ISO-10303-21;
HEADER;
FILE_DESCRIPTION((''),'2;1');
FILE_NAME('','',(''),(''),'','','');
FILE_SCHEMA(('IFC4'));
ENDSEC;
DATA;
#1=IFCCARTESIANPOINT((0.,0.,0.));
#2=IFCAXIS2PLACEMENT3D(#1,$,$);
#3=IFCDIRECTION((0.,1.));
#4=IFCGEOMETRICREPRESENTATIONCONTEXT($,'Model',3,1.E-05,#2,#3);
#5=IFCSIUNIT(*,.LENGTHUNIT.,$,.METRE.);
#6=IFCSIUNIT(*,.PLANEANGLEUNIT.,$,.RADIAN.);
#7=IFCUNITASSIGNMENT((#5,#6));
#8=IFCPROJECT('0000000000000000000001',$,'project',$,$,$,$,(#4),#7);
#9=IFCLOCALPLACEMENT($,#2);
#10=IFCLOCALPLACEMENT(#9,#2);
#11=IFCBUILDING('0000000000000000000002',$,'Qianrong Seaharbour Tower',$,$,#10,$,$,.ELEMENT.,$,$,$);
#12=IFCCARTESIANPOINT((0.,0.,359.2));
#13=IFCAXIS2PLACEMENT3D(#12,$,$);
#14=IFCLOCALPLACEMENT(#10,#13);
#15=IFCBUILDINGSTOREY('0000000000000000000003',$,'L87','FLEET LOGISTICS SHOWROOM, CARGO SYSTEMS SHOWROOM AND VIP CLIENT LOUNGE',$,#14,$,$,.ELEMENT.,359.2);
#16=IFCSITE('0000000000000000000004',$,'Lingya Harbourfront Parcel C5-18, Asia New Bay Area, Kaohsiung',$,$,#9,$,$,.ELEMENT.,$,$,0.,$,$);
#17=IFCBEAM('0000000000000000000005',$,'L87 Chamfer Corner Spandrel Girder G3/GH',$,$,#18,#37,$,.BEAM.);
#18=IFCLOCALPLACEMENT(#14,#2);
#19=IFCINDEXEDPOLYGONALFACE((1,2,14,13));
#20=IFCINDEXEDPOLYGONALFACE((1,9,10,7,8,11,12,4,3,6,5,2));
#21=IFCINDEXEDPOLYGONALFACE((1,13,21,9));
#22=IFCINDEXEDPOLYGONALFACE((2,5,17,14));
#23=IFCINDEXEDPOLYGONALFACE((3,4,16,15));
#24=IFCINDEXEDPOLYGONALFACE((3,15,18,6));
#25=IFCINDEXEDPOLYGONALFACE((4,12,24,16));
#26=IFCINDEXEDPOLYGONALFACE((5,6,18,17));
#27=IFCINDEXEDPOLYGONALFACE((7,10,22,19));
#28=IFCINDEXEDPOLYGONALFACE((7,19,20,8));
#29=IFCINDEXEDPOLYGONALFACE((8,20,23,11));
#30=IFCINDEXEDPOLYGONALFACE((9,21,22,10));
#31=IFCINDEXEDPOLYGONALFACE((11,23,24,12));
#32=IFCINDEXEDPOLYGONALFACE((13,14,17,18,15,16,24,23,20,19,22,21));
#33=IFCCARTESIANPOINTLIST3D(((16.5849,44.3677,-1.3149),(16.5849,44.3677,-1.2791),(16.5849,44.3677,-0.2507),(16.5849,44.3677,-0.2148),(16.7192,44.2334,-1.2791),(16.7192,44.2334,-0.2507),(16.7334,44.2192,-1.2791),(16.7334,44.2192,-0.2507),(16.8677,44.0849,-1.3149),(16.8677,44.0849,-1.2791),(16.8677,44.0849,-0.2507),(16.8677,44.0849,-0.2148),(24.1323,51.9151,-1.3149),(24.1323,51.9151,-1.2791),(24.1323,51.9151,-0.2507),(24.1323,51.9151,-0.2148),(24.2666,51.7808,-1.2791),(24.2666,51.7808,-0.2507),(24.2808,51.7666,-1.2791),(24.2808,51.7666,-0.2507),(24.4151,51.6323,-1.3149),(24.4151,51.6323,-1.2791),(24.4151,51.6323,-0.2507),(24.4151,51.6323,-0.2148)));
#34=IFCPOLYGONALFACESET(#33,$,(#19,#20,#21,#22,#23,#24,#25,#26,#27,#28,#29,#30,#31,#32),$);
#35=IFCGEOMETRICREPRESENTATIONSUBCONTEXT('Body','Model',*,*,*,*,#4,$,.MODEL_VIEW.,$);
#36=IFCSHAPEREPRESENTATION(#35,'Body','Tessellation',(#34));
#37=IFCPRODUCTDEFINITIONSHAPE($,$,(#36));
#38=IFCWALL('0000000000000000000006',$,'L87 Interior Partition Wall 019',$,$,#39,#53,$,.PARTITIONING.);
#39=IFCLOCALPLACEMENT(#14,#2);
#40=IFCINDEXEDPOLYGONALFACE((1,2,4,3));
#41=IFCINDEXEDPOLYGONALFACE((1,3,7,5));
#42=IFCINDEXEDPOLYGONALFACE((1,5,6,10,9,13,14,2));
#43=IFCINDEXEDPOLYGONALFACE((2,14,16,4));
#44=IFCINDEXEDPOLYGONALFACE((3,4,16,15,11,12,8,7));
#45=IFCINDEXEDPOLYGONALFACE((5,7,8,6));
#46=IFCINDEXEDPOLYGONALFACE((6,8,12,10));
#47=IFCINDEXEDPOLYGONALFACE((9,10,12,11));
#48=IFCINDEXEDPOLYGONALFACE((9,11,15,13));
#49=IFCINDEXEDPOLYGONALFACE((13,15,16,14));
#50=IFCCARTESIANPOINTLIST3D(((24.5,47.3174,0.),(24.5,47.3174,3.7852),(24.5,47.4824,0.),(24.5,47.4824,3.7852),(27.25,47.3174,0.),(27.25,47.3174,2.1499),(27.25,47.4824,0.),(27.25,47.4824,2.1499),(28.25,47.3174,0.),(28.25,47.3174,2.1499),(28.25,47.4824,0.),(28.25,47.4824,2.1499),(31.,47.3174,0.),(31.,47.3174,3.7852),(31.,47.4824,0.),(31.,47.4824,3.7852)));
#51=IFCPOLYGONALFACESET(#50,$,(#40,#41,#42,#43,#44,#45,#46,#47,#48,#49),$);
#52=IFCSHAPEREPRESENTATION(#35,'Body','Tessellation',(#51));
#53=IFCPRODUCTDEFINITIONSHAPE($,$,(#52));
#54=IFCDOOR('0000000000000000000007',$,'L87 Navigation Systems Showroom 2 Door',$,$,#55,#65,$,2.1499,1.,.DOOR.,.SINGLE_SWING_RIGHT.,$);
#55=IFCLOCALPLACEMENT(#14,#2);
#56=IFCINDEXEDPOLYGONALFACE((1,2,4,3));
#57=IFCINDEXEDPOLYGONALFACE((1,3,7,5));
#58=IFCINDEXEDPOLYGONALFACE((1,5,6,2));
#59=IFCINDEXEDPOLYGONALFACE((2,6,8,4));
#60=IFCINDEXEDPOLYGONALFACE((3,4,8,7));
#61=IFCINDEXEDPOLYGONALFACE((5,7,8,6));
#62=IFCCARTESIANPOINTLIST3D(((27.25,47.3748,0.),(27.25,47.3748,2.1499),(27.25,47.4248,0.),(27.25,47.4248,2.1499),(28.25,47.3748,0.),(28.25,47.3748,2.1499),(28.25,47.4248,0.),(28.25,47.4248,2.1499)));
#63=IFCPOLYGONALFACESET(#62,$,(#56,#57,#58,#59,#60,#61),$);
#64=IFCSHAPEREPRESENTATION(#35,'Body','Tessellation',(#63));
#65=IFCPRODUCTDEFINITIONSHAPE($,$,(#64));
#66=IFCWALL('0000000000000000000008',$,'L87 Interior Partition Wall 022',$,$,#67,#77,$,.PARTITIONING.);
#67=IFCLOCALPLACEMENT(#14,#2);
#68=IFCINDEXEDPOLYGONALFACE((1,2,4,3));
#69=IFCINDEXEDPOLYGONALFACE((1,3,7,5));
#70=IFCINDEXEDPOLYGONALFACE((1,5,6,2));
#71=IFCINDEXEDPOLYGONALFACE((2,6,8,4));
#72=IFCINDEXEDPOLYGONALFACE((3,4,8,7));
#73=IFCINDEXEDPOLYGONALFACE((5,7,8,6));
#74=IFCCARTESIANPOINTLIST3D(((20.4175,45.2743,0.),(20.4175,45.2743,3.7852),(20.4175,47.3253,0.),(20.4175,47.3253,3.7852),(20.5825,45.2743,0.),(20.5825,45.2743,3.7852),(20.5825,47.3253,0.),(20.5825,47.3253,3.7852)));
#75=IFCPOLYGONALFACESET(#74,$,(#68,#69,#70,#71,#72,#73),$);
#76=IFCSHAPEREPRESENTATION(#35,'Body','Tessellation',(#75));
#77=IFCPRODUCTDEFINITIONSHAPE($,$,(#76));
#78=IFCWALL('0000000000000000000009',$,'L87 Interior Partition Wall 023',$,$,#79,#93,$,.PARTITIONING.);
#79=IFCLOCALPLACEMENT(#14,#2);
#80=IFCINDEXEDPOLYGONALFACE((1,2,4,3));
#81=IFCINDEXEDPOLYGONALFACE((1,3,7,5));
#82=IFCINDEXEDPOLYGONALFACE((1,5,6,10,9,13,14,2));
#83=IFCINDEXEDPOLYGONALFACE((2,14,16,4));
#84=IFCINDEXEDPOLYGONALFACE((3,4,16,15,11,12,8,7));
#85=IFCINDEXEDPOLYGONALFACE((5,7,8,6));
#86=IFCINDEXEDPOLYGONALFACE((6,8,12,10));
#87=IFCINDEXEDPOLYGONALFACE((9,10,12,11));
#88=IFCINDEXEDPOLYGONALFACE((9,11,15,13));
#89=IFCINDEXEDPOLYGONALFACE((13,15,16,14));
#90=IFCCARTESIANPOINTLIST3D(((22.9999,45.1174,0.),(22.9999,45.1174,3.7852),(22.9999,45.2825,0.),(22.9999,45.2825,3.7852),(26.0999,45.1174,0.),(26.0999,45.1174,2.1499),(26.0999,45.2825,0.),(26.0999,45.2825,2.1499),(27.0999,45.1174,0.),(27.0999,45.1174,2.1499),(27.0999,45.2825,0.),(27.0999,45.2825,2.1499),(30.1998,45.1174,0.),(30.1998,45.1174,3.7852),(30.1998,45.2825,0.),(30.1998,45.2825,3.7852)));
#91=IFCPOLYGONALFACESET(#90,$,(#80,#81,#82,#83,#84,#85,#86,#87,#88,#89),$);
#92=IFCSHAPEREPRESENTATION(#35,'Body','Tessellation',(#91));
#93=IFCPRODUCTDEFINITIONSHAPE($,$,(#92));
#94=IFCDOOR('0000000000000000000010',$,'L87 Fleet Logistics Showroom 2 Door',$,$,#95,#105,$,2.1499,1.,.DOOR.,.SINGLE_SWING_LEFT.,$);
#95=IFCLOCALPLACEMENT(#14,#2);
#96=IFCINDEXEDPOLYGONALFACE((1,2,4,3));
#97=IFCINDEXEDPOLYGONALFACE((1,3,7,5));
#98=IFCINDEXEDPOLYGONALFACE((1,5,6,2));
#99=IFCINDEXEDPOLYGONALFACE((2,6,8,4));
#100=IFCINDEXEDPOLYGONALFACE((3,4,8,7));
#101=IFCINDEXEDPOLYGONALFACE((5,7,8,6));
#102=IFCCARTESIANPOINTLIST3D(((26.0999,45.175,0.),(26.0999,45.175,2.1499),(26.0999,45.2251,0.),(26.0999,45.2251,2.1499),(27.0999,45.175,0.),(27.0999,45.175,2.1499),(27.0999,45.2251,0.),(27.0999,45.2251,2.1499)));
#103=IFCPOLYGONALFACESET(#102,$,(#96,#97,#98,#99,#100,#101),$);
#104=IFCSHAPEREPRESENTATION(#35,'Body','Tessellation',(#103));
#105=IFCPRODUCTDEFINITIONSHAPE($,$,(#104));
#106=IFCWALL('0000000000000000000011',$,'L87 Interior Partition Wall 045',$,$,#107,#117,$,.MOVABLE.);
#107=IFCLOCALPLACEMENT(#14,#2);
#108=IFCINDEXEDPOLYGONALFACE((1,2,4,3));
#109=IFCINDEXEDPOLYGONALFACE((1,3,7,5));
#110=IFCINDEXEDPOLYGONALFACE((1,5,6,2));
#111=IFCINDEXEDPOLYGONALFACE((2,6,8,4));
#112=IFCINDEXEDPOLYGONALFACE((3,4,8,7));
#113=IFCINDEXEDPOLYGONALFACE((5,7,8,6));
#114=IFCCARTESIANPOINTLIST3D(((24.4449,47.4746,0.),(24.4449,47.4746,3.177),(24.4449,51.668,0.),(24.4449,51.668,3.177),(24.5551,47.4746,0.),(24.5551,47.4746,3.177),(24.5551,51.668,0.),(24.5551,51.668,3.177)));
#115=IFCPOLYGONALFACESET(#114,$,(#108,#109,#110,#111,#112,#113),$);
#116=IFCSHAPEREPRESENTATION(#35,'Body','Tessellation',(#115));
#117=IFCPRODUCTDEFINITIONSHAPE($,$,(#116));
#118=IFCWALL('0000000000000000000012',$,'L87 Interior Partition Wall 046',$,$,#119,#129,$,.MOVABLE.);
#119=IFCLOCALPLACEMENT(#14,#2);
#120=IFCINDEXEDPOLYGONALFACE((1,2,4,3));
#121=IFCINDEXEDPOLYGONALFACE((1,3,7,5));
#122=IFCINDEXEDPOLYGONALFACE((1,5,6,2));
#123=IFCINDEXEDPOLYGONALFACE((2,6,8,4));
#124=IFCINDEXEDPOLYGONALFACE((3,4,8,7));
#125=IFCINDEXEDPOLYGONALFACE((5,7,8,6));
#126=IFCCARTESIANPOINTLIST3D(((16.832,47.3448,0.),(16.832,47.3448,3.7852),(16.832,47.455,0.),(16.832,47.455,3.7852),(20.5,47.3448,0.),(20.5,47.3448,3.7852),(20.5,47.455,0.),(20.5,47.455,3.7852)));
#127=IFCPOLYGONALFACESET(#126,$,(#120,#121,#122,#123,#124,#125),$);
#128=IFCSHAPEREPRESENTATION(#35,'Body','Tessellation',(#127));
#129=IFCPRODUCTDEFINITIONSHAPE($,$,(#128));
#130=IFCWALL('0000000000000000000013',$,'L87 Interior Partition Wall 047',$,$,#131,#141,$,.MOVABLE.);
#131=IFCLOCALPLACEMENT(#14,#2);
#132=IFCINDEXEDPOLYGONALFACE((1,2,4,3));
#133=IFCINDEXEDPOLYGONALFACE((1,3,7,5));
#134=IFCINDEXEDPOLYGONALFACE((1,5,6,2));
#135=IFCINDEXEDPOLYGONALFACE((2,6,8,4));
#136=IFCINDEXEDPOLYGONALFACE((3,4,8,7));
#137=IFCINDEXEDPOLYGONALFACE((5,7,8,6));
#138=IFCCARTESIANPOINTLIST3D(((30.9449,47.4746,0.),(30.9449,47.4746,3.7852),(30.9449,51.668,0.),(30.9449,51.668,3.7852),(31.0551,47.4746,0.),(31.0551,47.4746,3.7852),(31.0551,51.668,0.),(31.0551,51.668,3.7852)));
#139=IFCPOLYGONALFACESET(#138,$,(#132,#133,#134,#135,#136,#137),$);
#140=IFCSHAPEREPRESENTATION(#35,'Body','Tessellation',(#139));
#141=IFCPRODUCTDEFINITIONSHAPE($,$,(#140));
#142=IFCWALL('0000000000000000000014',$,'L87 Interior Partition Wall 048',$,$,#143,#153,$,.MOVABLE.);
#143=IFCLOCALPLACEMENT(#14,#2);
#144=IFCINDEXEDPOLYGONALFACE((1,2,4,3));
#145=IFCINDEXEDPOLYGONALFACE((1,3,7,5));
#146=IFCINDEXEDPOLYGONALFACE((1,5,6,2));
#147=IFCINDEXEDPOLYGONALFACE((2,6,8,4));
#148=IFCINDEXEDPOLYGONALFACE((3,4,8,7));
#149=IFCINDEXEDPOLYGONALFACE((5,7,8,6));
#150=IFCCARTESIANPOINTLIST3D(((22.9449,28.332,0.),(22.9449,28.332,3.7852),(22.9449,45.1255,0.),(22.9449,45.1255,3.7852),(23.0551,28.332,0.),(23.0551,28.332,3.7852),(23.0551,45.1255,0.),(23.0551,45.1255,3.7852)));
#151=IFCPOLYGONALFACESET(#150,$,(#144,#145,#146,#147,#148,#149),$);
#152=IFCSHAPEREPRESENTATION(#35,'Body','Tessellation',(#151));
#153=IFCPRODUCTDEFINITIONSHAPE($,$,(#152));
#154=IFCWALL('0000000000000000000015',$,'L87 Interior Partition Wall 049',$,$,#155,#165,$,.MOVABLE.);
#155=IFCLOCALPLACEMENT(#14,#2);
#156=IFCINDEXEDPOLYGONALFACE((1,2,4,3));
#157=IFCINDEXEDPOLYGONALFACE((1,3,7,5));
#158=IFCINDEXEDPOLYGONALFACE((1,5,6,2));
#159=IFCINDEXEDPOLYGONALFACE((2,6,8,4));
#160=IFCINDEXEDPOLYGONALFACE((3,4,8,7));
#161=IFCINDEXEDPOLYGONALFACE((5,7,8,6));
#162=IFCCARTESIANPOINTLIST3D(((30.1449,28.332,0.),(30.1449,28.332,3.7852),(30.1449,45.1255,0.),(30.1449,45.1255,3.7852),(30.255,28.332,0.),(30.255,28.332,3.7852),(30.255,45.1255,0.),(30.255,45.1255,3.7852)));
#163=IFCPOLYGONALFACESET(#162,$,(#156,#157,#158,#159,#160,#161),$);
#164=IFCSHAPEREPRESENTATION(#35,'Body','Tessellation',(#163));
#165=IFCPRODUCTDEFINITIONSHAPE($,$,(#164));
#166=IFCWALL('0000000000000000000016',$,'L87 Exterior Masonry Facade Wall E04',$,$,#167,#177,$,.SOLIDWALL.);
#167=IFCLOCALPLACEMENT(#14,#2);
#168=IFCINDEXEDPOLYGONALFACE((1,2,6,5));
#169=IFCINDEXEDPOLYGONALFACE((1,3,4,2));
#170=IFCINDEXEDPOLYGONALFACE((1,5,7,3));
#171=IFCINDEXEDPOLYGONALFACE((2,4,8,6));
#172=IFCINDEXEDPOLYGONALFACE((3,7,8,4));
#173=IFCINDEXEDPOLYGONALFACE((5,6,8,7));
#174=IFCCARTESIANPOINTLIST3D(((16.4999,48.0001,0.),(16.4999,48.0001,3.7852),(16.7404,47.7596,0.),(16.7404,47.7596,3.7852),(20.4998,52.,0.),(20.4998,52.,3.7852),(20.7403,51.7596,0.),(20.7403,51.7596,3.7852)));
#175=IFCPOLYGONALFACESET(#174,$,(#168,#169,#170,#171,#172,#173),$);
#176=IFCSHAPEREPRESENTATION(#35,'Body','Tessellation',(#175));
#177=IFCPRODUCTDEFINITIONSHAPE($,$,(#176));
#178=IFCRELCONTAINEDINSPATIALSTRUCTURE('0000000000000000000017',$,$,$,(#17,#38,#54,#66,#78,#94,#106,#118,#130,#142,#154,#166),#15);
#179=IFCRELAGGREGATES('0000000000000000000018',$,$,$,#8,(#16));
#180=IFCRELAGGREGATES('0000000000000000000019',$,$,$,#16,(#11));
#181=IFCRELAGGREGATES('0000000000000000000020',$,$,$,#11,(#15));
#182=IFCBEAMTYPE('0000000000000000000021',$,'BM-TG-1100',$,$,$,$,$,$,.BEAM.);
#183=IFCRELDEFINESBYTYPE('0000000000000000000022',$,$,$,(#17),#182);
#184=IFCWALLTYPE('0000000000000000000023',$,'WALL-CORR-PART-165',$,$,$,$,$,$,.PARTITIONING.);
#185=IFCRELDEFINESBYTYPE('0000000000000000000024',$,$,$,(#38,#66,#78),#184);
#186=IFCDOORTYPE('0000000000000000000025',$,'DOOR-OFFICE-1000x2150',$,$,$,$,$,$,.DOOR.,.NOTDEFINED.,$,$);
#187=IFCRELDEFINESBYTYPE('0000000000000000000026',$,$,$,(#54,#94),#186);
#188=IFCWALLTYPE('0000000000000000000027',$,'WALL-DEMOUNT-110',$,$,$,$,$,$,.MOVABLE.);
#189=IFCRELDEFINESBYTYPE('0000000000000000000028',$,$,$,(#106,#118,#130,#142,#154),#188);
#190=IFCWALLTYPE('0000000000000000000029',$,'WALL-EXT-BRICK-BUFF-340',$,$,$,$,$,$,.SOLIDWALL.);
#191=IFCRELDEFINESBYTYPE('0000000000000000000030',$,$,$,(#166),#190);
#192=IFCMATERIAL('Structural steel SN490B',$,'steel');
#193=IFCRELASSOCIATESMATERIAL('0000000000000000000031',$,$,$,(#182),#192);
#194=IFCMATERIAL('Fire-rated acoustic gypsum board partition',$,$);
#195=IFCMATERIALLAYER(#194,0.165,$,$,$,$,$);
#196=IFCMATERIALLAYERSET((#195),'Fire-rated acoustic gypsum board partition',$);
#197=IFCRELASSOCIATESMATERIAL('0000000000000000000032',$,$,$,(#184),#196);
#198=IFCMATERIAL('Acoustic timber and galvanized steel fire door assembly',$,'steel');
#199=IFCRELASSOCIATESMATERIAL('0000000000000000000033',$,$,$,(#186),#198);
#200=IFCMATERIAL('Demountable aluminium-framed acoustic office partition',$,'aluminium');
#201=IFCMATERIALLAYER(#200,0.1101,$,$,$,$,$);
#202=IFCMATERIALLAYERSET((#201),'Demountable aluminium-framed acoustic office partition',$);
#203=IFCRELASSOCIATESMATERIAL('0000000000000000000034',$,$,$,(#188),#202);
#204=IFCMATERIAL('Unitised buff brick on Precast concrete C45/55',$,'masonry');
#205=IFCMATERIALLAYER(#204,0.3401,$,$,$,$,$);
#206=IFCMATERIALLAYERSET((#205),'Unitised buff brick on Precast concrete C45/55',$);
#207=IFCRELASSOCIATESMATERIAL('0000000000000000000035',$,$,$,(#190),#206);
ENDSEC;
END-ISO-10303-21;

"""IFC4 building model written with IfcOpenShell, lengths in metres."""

from ifc_helpers import new_model, si_unit, direction, frame, frame_2d, origin, origin_2d, place, context, subcontext, project, spatial, rectangle, i_section, extrude, material, layer, layer_set, material_profile, profile_set, type_object, element, fill, save


model = new_model("IFC4")

# Units and contexts
model_context = context("Model", 3, precision=1e-05, world=origin(), true_north=direction((0.0, 1.0)))
body_context = subcontext(model_context, "Body", "Model", "MODEL_VIEW")
ifc_project = project(units=[si_unit("LENGTHUNIT", "METRE"), si_unit("PLANEANGLEUNIT", "RADIAN")], contexts=[model_context])

# Site, building, storey
site_placement = place(None, origin())
site = spatial("IfcSite", under=ifc_project, at=site_placement, Name="Lingya Harbourfront Parcel C5-18, Asia New Bay Area, Kaohsiung", CompositionType="ELEMENT", RefElevation=0.0)
building_placement = place(site_placement, origin())
building = spatial("IfcBuilding", under=site, at=building_placement, Name="Qianrong Seaharbour Tower", CompositionType="ELEMENT")
storey_placement = place(building_placement, frame((0.0, 0.0, 359.2)))
storey = spatial("IfcBuildingStorey", under=building, at=storey_placement, Name="L87", Description="FLEET LOGISTICS SHOWROOM, CARGO SYSTEMS SHOWROOM AND VIP CLIENT LOUNGE", CompositionType="ELEMENT", Elevation=359.2)

# Beam
ifc_material_1 = material(Name="Structural steel SN490B", Category="steel")
ifc_material_profile_1 = material_profile(ifc_material_1, i_section(OverallWidth=0.3999, OverallDepth=1.1001, WebThickness=0.02, FlangeThickness=0.0359, at=origin_2d()), Name="BH1100x400x20x36")
ifc_profile_set_1 = profile_set([ifc_material_profile_1], Name="Structural steel SN490B")
beam_type_1 = type_object("IfcBeamType", Name="BM-TG-1100", PredefinedType="BEAM", material=ifc_profile_set_1)
beam_1_placement = place(storey_placement, frame((24.2737, 51.7737, -0.7649), z_axis=(-0.707107, -0.707107, 0.0), x_axis=(0.707107, -0.707107, 0.0)))
element("IfcBeam", 1, at=beam_1_placement, inside=storey, type_object=beam_type_1, Name="L87 Chamfer Corner Spandrel Girder G3/GH", PredefinedType="BEAM", context=body_context, shape_type="SweptSolid", body=[
    extrude(i_section(OverallWidth=0.3999, OverallDepth=1.1001, WebThickness=0.02, FlangeThickness=0.0359, at=origin_2d()), origin(), (0.0, 0.0, 1.0), 10.6736),
])

# Wall, opening, door
ifc_material_2 = material(Name="Fire-rated acoustic gypsum board partition")
ifc_layer_1 = layer(ifc_material_2, 0.165)
ifc_layer_set_1 = layer_set([ifc_layer_1], Name="Fire-rated acoustic gypsum board partition")
wall_type_1 = type_object("IfcWallType", Name="WALL-CORR-PART-165", PredefinedType="PARTITIONING", material=ifc_layer_set_1)
ifc_material_3 = material(Name="Acoustic timber and galvanized steel fire door assembly", Category="steel")
door_type = type_object("IfcDoorType", Name="DOOR-OFFICE-1000x2150", OperationType="NOTDEFINED", PredefinedType="DOOR", material=ifc_material_3)
wall_1_placement = place(storey_placement, frame((24.5, 47.3999, 0.0), z_axis=(0.0, 0.0, 1.0), x_axis=(1.0, 0.0, 0.0)))
wall_1 = element("IfcWall", 2, at=wall_1_placement, inside=storey, type_object=wall_type_1, Name="L87 Interior Partition Wall 019", PredefinedType="PARTITIONING", context=body_context, shape_type="SweptSolid", body=[
    extrude(rectangle(XDim=6.5, YDim=0.165, at=frame_2d((3.25, 0.0))), origin(), (0.0, 0.0, 1.0), 3.7852),
])
opening_1_placement = place(wall_1_placement, frame((2.75, 0.0, 0.0)))
opening_1 = element("IfcOpeningElement", 3, at=opening_1_placement, cuts=wall_1, PredefinedType="OPENING", context=body_context, shape_type="SweptSolid", body=[
    extrude(rectangle(XDim=1.0, YDim=2.1499, at=frame_2d((0.5, 1.075))), frame((0.0, 0.0925, 0.0), z_axis=(0.0, -1.0, 0.0), x_axis=(1.0, 0.0, 0.0)), (0.0, 0.0, 1.0), 0.1851),
])
door_1_placement = place(opening_1_placement, origin())
door_1 = element("IfcDoor", 4, at=door_1_placement, inside=storey, type_object=door_type, Name="L87 Navigation Systems Showroom 2 Door", OperationType="SINGLE_SWING_RIGHT", OverallHeight=2.1499, OverallWidth=1.0, PredefinedType="DOOR", context=body_context, shape_type="SweptSolid", body=[
    extrude(rectangle(XDim=1.0, YDim=2.1499, at=frame_2d((0.5, 1.075))), frame((0.0, 0.0249, 0.0), z_axis=(0.0, -1.0, 0.0), x_axis=(1.0, 0.0, 0.0)), (0.0, 0.0, 1.0), 0.05),
])
fill(opening_1, door_1)

# Wall
wall_2_placement = place(storey_placement, frame((20.5, 45.2744, 0.0), z_axis=(0.0, 0.0, 1.0), x_axis=(0.0, 1.0, 0.0)))
element("IfcWall", 5, at=wall_2_placement, inside=storey, type_object=wall_type_1, Name="L87 Interior Partition Wall 022", PredefinedType="PARTITIONING", context=body_context, shape_type="SweptSolid", body=[
    extrude(rectangle(XDim=2.051, YDim=0.165, at=frame_2d((1.0254, 0.0))), origin(), (0.0, 0.0, 1.0), 3.7852),
])

# Wall, opening, door
wall_3_placement = place(storey_placement, frame((30.2, 45.2, 0.0), z_axis=(0.0, 0.0, 1.0), x_axis=(-1.0, 0.0, 0.0)))
wall_3 = element("IfcWall", 6, at=wall_3_placement, inside=storey, type_object=wall_type_1, Name="L87 Interior Partition Wall 023", PredefinedType="PARTITIONING", context=body_context, shape_type="SweptSolid", body=[
    extrude(rectangle(XDim=7.2, YDim=0.165, at=frame_2d((3.6001, 0.0))), origin(), (0.0, 0.0, 1.0), 3.7852),
])
opening_2_placement = place(wall_3_placement, frame((3.1001, 0.0, 0.0)))
opening_2 = element("IfcOpeningElement", 7, at=opening_2_placement, cuts=wall_3, PredefinedType="OPENING", context=body_context, shape_type="SweptSolid", body=[
    extrude(rectangle(XDim=1.0, YDim=2.1499, at=frame_2d((0.5, 1.075))), frame((0.0, 0.0925, 0.0), z_axis=(0.0, -1.0, 0.0), x_axis=(1.0, 0.0, 0.0)), (0.0, 0.0, 1.0), 0.1851),
])
door_2_placement = place(opening_2_placement, origin())
door_2 = element("IfcDoor", 8, at=door_2_placement, inside=storey, type_object=door_type, Name="L87 Fleet Logistics Showroom 2 Door", OperationType="SINGLE_SWING_LEFT", OverallHeight=2.1499, OverallWidth=1.0, PredefinedType="DOOR", context=body_context, shape_type="SweptSolid", body=[
    extrude(rectangle(XDim=1.0, YDim=2.1499, at=frame_2d((0.5, 1.075))), frame((0.0, 0.0249, 0.0), z_axis=(0.0, -1.0, 0.0), x_axis=(1.0, 0.0, 0.0)), (0.0, 0.0, 1.0), 0.05),
])
fill(opening_2, door_2)

# Walls
ifc_material_4 = material(Name="Demountable aluminium-framed acoustic office partition", Category="aluminium")
ifc_layer_2 = layer(ifc_material_4, 0.1101)
ifc_layer_set_2 = layer_set([ifc_layer_2], Name="Demountable aluminium-framed acoustic office partition")
wall_type_2 = type_object("IfcWallType", Name="WALL-DEMOUNT-110", PredefinedType="MOVABLE", material=ifc_layer_set_2)
wall_4_placement = place(storey_placement, frame((24.5, 51.668, 0.0), z_axis=(0.0, 0.0, 1.0), x_axis=(0.0, -1.0, 0.0)))
element("IfcWall", 9, at=wall_4_placement, inside=storey, type_object=wall_type_2, Name="L87 Interior Partition Wall 045", PredefinedType="MOVABLE", context=body_context, shape_type="SweptSolid", body=[
    extrude(rectangle(XDim=4.1934, YDim=0.1101, at=frame_2d((2.0967, 0.0))), origin(), (0.0, 0.0, 1.0), 3.177),
])
wall_5_placement = place(storey_placement, frame((20.5, 47.3999, 0.0), z_axis=(0.0, 0.0, 1.0), x_axis=(-1.0, 0.0, 0.0)))
element("IfcWall", 10, at=wall_5_placement, inside=storey, type_object=wall_type_2, Name="L87 Interior Partition Wall 046", PredefinedType="MOVABLE", context=body_context, shape_type="SweptSolid", body=[
    extrude(rectangle(XDim=3.668, YDim=0.1101, at=frame_2d((1.834, 0.0))), origin(), (0.0, 0.0, 1.0), 3.7852),
])
wall_6_placement = place(storey_placement, frame((31.0, 51.668, 0.0), z_axis=(0.0, 0.0, 1.0), x_axis=(0.0, -1.0, 0.0)))
element("IfcWall", 11, at=wall_6_placement, inside=storey, type_object=wall_type_2, Name="L87 Interior Partition Wall 047", PredefinedType="MOVABLE", context=body_context, shape_type="SweptSolid", body=[
    extrude(rectangle(XDim=4.1934, YDim=0.1101, at=frame_2d((2.0967, 0.0))), origin(), (0.0, 0.0, 1.0), 3.7852),
])
for number, where, z_axis, x_axis, name in (
    (12, (23.0, 45.1255, 0.0), (0.0, 0.0, 1.0), (0.0, -1.0, 0.0), "L87 Interior Partition Wall 048"),
    (13, (30.2, 45.1255, 0.0), (0.0, 0.0, 1.0), (0.0, -1.0, 0.0), "L87 Interior Partition Wall 049"),
):
    element("IfcWall", number, at=place(storey_placement, frame(where, z_axis=z_axis, x_axis=x_axis)), inside=storey, type_object=wall_type_2, Name=name, PredefinedType="MOVABLE", context=body_context, shape_type="SweptSolid", body=[
        extrude(rectangle(XDim=16.7935, YDim=0.1101, at=frame_2d((8.3967, 0.0))), origin(), (0.0, 0.0, 1.0), 3.7852),
    ])
ifc_material_5 = material(Name="Unitised buff brick on Precast concrete C45/55", Category="masonry")
ifc_layer_3 = layer(ifc_material_5, 0.3401)
ifc_layer_set_3 = layer_set([ifc_layer_3], Name="Unitised buff brick on Precast concrete C45/55")
wall_type_3 = type_object("IfcWallType", Name="WALL-EXT-BRICK-BUFF-340", PredefinedType="SOLIDWALL", material=ifc_layer_set_3)
wall_7_placement = place(storey_placement, frame((16.6201, 47.8799, 0.0), z_axis=(0.0, 0.0, 1.0), x_axis=(0.707107, 0.707107, 0.0)))
element("IfcWall", 14, at=wall_7_placement, inside=storey, type_object=wall_type_3, Name="L87 Exterior Masonry Facade Wall E04", PredefinedType="SOLIDWALL", context=body_context, shape_type="SweptSolid", body=[
    extrude(rectangle(XDim=5.6567, YDim=0.3401, at=frame_2d((2.8284, 0.0))), origin(), (0.0, 0.0, 1.0), 3.7852),
])

save(model, "model.ifc")
